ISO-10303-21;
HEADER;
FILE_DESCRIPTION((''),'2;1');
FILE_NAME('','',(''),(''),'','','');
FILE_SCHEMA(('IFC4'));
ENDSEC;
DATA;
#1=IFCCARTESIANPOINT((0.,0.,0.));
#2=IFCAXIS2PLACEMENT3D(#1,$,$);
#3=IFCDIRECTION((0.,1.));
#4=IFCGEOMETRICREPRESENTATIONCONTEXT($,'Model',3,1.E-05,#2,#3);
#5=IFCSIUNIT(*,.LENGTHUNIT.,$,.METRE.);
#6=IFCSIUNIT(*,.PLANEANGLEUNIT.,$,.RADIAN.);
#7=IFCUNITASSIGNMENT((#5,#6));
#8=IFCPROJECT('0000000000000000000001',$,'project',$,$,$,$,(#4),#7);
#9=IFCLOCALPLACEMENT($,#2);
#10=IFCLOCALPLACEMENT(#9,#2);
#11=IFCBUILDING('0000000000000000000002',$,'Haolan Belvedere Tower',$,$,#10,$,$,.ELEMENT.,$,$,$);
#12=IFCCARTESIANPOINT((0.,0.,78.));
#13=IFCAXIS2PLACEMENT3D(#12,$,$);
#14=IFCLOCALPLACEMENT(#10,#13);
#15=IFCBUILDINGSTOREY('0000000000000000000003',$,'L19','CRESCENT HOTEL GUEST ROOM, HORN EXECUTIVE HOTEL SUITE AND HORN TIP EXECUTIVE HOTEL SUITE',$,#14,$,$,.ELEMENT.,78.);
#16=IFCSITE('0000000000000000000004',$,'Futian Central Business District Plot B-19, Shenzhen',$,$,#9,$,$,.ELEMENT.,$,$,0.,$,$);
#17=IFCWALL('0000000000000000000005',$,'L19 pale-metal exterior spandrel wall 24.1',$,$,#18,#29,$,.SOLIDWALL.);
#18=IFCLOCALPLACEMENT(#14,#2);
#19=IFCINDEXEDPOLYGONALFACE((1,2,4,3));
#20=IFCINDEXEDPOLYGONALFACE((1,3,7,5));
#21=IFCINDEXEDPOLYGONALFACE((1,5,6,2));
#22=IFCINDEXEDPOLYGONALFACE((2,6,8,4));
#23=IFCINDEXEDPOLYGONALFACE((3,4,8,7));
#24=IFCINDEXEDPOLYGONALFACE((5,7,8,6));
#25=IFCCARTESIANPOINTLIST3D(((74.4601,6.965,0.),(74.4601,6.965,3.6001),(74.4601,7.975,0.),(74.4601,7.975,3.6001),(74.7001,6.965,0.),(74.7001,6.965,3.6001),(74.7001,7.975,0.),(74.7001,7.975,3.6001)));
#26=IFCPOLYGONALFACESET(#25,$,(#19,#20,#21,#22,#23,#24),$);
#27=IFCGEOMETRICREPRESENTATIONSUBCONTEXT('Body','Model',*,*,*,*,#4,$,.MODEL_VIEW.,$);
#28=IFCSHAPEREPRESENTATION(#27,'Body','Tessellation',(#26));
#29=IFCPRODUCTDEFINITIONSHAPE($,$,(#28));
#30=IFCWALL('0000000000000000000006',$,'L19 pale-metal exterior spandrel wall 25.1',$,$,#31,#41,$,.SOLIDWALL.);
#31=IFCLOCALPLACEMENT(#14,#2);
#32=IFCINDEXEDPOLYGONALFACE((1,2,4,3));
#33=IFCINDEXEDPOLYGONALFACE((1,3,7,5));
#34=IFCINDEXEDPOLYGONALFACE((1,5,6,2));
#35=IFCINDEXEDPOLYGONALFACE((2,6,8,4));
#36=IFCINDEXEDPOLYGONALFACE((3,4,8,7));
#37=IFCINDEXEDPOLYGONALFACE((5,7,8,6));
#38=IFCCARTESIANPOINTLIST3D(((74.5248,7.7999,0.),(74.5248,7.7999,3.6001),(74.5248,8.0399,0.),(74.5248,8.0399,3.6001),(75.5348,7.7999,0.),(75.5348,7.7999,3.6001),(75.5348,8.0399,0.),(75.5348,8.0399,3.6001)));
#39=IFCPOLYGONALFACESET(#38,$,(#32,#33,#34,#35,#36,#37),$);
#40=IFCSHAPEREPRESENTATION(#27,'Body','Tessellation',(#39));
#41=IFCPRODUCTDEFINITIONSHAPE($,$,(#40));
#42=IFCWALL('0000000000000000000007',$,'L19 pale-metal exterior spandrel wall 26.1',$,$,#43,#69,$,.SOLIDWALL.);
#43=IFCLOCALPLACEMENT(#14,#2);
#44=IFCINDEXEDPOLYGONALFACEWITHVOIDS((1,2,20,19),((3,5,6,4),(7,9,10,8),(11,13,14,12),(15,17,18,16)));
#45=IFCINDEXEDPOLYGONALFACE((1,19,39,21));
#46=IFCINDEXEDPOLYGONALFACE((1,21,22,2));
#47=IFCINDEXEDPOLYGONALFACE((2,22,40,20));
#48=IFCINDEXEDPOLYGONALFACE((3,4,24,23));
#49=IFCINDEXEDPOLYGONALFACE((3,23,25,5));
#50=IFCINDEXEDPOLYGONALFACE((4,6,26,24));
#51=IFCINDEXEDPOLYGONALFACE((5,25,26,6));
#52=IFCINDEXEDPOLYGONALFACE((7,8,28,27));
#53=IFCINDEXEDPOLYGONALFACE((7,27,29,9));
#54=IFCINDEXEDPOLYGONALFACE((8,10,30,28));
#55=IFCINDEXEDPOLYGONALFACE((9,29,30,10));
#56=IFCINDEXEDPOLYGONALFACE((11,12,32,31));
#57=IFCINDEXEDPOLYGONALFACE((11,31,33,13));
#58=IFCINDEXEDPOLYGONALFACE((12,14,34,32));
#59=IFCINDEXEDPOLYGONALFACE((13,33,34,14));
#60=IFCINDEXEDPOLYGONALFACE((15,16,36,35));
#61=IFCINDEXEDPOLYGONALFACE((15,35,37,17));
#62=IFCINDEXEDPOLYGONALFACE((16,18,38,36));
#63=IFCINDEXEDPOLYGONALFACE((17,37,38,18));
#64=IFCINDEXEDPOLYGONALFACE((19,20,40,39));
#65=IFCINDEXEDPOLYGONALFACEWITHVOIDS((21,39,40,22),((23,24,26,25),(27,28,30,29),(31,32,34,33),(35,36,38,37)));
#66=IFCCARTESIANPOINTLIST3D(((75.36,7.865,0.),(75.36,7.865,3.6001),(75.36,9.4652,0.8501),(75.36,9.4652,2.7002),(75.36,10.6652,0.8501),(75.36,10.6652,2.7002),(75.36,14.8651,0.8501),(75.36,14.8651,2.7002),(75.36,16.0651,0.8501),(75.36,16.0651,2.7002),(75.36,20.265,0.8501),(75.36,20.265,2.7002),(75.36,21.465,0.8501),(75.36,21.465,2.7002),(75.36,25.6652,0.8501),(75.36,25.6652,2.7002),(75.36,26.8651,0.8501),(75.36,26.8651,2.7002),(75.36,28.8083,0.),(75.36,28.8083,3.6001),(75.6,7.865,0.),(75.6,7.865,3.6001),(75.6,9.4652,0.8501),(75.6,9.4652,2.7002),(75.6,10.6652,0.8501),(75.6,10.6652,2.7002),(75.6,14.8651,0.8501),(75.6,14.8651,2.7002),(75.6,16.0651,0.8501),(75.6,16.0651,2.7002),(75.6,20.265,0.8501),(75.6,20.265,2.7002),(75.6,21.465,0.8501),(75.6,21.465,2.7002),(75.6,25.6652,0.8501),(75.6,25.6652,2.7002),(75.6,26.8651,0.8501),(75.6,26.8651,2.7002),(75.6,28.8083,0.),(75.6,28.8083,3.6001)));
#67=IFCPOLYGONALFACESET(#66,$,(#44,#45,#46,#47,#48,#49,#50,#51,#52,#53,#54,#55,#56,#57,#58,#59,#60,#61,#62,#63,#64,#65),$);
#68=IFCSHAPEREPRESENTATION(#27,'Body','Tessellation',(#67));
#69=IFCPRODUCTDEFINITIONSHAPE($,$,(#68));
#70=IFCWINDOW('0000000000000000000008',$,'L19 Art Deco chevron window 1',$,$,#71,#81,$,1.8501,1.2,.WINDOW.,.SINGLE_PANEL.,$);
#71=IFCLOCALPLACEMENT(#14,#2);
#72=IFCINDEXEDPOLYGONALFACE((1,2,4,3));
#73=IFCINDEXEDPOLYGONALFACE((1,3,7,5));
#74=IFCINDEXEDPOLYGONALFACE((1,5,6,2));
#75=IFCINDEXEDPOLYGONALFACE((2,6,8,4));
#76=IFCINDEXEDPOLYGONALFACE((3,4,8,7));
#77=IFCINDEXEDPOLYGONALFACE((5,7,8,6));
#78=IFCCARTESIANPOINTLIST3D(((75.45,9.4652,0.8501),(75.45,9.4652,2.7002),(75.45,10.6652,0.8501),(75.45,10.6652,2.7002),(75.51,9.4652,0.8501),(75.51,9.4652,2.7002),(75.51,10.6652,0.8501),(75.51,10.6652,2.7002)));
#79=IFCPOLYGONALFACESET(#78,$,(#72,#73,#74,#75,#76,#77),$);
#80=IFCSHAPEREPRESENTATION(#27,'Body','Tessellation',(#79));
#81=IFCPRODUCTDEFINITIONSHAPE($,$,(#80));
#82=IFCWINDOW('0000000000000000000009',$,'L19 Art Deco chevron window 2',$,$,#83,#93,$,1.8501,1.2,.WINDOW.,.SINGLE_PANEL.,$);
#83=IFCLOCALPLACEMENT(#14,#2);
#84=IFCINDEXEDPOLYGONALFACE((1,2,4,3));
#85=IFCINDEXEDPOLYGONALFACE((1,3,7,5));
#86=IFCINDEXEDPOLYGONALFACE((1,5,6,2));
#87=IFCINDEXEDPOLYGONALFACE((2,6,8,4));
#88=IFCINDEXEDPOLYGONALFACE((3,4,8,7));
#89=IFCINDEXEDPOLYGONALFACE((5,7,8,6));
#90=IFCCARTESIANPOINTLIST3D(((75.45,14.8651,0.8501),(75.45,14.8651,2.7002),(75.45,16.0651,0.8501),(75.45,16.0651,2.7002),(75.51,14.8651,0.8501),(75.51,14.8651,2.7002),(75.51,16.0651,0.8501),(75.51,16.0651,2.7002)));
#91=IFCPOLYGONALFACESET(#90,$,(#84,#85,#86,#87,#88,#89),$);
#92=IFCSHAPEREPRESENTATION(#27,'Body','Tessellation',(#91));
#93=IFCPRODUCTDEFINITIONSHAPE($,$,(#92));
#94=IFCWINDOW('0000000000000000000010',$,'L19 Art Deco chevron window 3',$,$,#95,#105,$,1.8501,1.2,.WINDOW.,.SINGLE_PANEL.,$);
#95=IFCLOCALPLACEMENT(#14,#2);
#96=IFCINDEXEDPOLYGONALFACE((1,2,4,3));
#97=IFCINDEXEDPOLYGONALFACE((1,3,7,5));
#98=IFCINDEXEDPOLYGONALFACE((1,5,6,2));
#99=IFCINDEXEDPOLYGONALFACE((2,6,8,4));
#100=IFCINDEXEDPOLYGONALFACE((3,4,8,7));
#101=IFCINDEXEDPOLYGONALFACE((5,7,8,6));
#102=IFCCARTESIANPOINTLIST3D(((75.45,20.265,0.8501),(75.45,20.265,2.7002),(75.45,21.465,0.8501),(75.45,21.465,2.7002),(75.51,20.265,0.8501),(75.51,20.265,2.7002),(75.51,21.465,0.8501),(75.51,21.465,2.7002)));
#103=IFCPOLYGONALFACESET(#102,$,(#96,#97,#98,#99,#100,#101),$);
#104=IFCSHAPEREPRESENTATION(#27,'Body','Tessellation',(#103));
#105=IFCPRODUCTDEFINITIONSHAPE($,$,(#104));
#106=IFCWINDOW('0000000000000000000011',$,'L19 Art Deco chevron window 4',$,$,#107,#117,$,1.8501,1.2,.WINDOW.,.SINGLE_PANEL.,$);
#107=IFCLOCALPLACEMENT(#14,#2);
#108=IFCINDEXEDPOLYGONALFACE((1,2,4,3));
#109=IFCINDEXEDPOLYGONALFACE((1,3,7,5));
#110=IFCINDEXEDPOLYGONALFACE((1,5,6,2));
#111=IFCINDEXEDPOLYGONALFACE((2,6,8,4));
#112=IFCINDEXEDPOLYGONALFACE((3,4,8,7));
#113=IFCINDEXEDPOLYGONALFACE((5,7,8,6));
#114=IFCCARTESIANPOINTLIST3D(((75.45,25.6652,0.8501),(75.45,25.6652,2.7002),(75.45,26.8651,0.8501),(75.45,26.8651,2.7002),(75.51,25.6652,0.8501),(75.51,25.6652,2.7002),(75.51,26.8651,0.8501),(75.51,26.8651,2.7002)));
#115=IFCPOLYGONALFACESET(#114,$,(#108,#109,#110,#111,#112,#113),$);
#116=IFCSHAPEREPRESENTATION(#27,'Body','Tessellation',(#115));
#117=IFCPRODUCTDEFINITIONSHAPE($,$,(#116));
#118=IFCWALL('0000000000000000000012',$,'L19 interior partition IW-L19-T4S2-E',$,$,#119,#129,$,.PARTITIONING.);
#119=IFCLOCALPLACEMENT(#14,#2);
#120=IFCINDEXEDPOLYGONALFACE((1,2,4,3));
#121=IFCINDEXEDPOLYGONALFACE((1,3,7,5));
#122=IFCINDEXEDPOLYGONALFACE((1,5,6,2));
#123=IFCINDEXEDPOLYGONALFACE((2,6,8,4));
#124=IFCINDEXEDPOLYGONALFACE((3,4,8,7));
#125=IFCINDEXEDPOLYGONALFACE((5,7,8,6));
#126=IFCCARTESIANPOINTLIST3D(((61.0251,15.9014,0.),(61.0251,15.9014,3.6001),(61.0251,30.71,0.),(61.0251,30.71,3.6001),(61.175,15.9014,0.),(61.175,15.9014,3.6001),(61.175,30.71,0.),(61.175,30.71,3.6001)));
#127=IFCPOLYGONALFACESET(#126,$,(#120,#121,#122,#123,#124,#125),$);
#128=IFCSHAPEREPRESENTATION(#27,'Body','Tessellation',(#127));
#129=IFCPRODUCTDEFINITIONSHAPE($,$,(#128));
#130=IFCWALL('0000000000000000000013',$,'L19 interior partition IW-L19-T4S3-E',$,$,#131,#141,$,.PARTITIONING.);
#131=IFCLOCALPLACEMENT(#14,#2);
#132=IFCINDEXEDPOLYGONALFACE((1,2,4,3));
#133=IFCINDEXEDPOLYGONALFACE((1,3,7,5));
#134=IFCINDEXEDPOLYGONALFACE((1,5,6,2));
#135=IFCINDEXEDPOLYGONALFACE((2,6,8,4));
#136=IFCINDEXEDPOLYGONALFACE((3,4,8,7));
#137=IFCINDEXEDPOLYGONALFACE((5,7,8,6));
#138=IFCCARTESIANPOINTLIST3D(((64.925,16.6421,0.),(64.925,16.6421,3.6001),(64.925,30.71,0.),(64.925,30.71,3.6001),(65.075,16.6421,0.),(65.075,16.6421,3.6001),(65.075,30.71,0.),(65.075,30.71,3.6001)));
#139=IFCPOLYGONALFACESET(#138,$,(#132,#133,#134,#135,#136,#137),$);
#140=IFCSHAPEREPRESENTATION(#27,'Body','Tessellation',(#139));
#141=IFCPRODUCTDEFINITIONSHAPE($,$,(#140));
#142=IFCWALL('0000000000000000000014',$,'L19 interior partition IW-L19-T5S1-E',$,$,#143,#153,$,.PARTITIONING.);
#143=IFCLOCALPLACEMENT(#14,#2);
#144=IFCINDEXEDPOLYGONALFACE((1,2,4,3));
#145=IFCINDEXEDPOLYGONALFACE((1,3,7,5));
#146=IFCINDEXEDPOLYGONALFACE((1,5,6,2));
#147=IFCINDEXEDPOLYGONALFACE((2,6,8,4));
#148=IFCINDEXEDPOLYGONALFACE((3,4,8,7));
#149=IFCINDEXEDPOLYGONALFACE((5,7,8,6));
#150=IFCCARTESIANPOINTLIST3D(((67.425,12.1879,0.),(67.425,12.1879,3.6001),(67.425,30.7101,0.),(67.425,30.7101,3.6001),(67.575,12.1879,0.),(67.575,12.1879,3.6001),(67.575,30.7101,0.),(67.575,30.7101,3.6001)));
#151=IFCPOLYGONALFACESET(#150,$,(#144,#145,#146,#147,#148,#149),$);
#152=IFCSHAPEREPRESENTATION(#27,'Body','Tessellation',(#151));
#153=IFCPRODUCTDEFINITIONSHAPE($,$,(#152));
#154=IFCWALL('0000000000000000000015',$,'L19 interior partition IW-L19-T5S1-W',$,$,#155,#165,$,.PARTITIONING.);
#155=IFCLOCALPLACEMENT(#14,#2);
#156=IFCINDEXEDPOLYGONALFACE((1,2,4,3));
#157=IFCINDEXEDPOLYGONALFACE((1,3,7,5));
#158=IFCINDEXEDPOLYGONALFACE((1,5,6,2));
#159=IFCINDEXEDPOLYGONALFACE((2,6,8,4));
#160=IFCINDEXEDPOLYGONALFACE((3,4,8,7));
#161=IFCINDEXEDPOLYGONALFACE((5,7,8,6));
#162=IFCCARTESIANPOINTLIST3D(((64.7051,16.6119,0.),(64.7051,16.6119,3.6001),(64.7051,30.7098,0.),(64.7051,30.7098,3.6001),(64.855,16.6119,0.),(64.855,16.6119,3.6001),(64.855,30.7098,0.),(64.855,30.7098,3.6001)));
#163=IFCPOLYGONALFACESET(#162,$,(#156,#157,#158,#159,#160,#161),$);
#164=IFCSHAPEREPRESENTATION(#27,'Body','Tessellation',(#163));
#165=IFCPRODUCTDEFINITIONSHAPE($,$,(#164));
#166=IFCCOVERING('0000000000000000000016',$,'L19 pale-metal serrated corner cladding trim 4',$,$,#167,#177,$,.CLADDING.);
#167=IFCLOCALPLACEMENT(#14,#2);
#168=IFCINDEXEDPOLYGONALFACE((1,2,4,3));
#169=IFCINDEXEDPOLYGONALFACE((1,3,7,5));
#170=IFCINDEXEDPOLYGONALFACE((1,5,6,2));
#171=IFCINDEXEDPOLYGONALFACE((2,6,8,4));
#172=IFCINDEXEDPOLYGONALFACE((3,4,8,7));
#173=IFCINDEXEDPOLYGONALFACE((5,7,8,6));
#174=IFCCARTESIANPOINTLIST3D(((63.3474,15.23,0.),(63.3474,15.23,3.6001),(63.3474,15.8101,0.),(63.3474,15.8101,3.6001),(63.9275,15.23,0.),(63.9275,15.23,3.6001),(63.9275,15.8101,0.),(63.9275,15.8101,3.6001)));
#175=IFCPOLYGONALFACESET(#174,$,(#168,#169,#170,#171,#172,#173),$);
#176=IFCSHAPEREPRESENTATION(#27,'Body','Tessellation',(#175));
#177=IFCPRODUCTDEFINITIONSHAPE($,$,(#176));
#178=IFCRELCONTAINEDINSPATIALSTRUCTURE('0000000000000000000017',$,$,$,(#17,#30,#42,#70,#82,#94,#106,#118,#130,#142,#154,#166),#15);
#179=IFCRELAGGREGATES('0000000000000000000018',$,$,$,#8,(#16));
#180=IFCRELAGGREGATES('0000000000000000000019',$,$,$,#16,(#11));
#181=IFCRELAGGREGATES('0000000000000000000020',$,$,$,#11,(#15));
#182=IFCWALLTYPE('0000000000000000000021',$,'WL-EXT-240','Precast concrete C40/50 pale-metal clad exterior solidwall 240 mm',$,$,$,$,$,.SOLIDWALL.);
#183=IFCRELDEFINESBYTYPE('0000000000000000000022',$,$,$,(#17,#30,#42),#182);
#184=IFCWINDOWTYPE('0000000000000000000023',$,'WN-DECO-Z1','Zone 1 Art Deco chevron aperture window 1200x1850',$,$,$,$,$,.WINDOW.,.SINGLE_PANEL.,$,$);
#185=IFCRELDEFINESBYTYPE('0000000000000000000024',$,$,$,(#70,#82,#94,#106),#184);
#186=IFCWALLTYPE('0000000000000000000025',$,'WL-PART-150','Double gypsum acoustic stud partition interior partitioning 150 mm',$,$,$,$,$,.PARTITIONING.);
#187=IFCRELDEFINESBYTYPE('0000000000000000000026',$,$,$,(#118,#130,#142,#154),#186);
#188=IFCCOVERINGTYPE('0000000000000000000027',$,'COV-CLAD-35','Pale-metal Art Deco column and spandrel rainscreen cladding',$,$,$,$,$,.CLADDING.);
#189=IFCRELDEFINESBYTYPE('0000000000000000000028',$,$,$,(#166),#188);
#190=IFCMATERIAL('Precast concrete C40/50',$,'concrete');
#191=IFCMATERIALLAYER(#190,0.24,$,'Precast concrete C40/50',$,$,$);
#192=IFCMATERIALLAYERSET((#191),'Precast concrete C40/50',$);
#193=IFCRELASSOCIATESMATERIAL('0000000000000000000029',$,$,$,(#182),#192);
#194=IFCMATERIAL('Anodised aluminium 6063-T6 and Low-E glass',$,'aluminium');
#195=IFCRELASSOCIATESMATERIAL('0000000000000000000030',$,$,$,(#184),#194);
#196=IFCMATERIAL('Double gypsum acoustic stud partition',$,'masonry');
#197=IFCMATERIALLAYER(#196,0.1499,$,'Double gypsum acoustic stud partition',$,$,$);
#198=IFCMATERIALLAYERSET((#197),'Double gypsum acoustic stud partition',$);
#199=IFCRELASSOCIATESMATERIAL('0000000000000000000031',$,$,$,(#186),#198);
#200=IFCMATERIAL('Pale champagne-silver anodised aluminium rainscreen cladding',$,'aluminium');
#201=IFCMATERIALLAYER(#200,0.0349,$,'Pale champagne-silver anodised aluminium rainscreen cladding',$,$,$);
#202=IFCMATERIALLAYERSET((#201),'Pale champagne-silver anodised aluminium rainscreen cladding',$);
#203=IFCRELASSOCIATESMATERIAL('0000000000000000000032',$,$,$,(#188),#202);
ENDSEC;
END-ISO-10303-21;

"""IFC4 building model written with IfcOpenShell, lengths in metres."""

from ifc_helpers import new_model, si_unit, direction, frame, frame_2d, origin, origin_2d, place, context, subcontext, project, spatial, rectangle, extrude, material, layer, layer_set, type_object, element, fill, save


model = new_model("IFC4")

# Units and contexts
model_context = context("Model", 3, precision=1e-05, world=origin(), true_north=direction((0.0, 1.0)))
body_context = subcontext(model_context, "Body", "Model", "MODEL_VIEW")
ifc_project = project(units=[si_unit("LENGTHUNIT", "METRE"), si_unit("PLANEANGLEUNIT", "RADIAN")], contexts=[model_context])

# Site, building, storey
site_placement = place(None, origin())
site = spatial("IfcSite", under=ifc_project, at=site_placement, Name="Futian Central Business District Plot B-19, Shenzhen", CompositionType="ELEMENT", RefElevation=0.0)
building_placement = place(site_placement, origin())
building = spatial("IfcBuilding", under=site, at=building_placement, Name="Haolan Belvedere Tower", CompositionType="ELEMENT")
storey_placement = place(building_placement, frame((0.0, 0.0, 78.0)))
storey = spatial("IfcBuildingStorey", under=building, at=storey_placement, Name="L19", Description="CRESCENT HOTEL GUEST ROOM, HORN EXECUTIVE HOTEL SUITE AND HORN TIP EXECUTIVE HOTEL SUITE", CompositionType="ELEMENT", Elevation=78.0)

# Shared definitions
ifc_material_1 = material(Name="Precast concrete C40/50", Category="concrete")
ifc_layer_1 = layer(ifc_material_1, 0.24, Name="Precast concrete C40/50")
ifc_layer_set_1 = layer_set([ifc_layer_1], Name="Precast concrete C40/50")
wall_type_1 = type_object("IfcWallType", Name="WL-EXT-240", Description="Precast concrete C40/50 pale-metal clad exterior solidwall 240 mm", PredefinedType="SOLIDWALL", material=ifc_layer_set_1)

# Shared definitions
ifc_material_2 = material(Name="Anodised aluminium 6063-T6 and Low-E glass", Category="aluminium")
window_type = type_object("IfcWindowType", Name="WN-DECO-Z1", Description="Zone 1 Art Deco chevron aperture window 1200x1850", PartitioningType="SINGLE_PANEL", PredefinedType="WINDOW", material=ifc_material_2)

# Walls
for number, where, z_axis, x_axis, name in (
    (1, (74.5801, 6.9651, 0.0), (0.0, 0.0, 1.0), (0.0, 1.0, 0.0), "L19 pale-metal exterior spandrel wall 24.1"),
    (2, (74.5249, 7.9199, 0.0), (0.0, 0.0, 1.0), (1.0, 0.0, 0.0), "L19 pale-metal exterior spandrel wall 25.1"),
):
    element("IfcWall", number, at=place(storey_placement, frame(where, z_axis=z_axis, x_axis=x_axis)), inside=storey, type_object=wall_type_1, Name=name, PredefinedType="SOLIDWALL", context=body_context, shape_type="SweptSolid", body=[
        extrude(rectangle(XDim=1.01, YDim=0.24, at=frame_2d((0.5049, 0.0))), origin(), (0.0, 0.0, 1.0), 3.6001),
    ])

# Wall, openings, windows
wall_1_placement = place(storey_placement, frame((75.48, 7.865, 0.0), z_axis=(0.0, 0.0, 1.0), x_axis=(0.0, 1.0, 0.0)))
wall_1 = element("IfcWall", 3, at=wall_1_placement, inside=storey, type_object=wall_type_1, Name="L19 pale-metal exterior spandrel wall 26.1", PredefinedType="SOLIDWALL", context=body_context, shape_type="SweptSolid", body=[
    extrude(rectangle(XDim=20.9434, YDim=0.24, at=frame_2d((10.4717, 0.0))), origin(), (0.0, 0.0, 1.0), 3.6001),
])
opening_1_placement = place(wall_1_placement, frame((1.6001, 0.0, 0.8501)))
opening_1 = element("IfcOpeningElement", 4, at=opening_1_placement, cuts=wall_1, PredefinedType="OPENING", context=body_context, shape_type="SweptSolid", body=[
    extrude(rectangle(XDim=1.2, YDim=1.8501, at=frame_2d((0.6001, 0.925))), frame((0.0, 0.1299, 0.0), z_axis=(0.0, -1.0, 0.0), x_axis=(1.0, 0.0, 0.0)), (0.0, 0.0, 1.0), 0.26),
])
opening_2_placement = place(wall_1_placement, frame((7.0, 0.0, 0.8501)))
opening_2 = element("IfcOpeningElement", 5, at=opening_2_placement, cuts=wall_1, PredefinedType="OPENING", context=body_context, shape_type="SweptSolid", body=[
    extrude(rectangle(XDim=1.2, YDim=1.8501, at=frame_2d((0.6001, 0.925))), frame((0.0, 0.1299, 0.0), z_axis=(0.0, -1.0, 0.0), x_axis=(1.0, 0.0, 0.0)), (0.0, 0.0, 1.0), 0.26),
])
opening_3_placement = place(wall_1_placement, frame((12.3999, 0.0, 0.8501)))
opening_3 = element("IfcOpeningElement", 6, at=opening_3_placement, cuts=wall_1, PredefinedType="OPENING", context=body_context, shape_type="SweptSolid", body=[
    extrude(rectangle(XDim=1.2, YDim=1.8501, at=frame_2d((0.6001, 0.925))), frame((0.0, 0.1299, 0.0), z_axis=(0.0, -1.0, 0.0), x_axis=(1.0, 0.0, 0.0)), (0.0, 0.0, 1.0), 0.26),
])
opening_4_placement = place(wall_1_placement, frame((17.8, 0.0, 0.8501)))
opening_4 = element("IfcOpeningElement", 7, at=opening_4_placement, cuts=wall_1, PredefinedType="OPENING", context=body_context, shape_type="SweptSolid", body=[
    extrude(rectangle(XDim=1.2, YDim=1.8501, at=frame_2d((0.6001, 0.925))), frame((0.0, 0.1299, 0.0), z_axis=(0.0, -1.0, 0.0), x_axis=(1.0, 0.0, 0.0)), (0.0, 0.0, 1.0), 0.26),
])
window_1_placement = place(opening_1_placement, origin())
window_1 = element("IfcWindow", 8, at=window_1_placement, inside=storey, type_object=window_type, Name="L19 Art Deco chevron window 1", OverallHeight=1.8501, OverallWidth=1.2, PartitioningType="SINGLE_PANEL", PredefinedType="WINDOW", context=body_context, shape_type="SweptSolid", body=[
    extrude(rectangle(XDim=1.2, YDim=1.8501, at=frame_2d((0.6001, 0.925))), frame((0.0, 0.03, 0.0), z_axis=(0.0, -1.0, 0.0), x_axis=(1.0, 0.0, 0.0)), (0.0, 0.0, 1.0), 0.0601),
])
fill(opening_1, window_1)
window_2_placement = place(opening_2_placement, origin())
window_2 = element("IfcWindow", 9, at=window_2_placement, inside=storey, type_object=window_type, Name="L19 Art Deco chevron window 2", OverallHeight=1.8501, OverallWidth=1.2, PartitioningType="SINGLE_PANEL", PredefinedType="WINDOW", context=body_context, shape_type="SweptSolid", body=[
    extrude(rectangle(XDim=1.2, YDim=1.8501, at=frame_2d((0.6001, 0.925))), frame((0.0, 0.03, 0.0), z_axis=(0.0, -1.0, 0.0), x_axis=(1.0, 0.0, 0.0)), (0.0, 0.0, 1.0), 0.0601),
])
fill(opening_2, window_2)
window_3_placement = place(opening_3_placement, origin())
window_3 = element("IfcWindow", 10, at=window_3_placement, inside=storey, type_object=window_type, Name="L19 Art Deco chevron window 3", OverallHeight=1.8501, OverallWidth=1.2, PartitioningType="SINGLE_PANEL", PredefinedType="WINDOW", context=body_context, shape_type="SweptSolid", body=[
    extrude(rectangle(XDim=1.2, YDim=1.8501, at=frame_2d((0.6001, 0.925))), frame((0.0, 0.03, 0.0), z_axis=(0.0, -1.0, 0.0), x_axis=(1.0, 0.0, 0.0)), (0.0, 0.0, 1.0), 0.0601),
])
fill(opening_3, window_3)
window_4_placement = place(opening_4_placement, origin())
window_4 = element("IfcWindow", 11, at=window_4_placement, inside=storey, type_object=window_type, Name="L19 Art Deco chevron window 4", OverallHeight=1.8501, OverallWidth=1.2, PartitioningType="SINGLE_PANEL", PredefinedType="WINDOW", context=body_context, shape_type="SweptSolid", body=[
    extrude(rectangle(XDim=1.2, YDim=1.8501, at=frame_2d((0.6001, 0.925))), frame((0.0, 0.03, 0.0), z_axis=(0.0, -1.0, 0.0), x_axis=(1.0, 0.0, 0.0)), (0.0, 0.0, 1.0), 0.0601),
])
fill(opening_4, window_4)

# Walls
ifc_material_3 = material(Name="Double gypsum acoustic stud partition", Category="masonry")
ifc_layer_2 = layer(ifc_material_3, 0.1499, Name="Double gypsum acoustic stud partition")
ifc_layer_set_2 = layer_set([ifc_layer_2], Name="Double gypsum acoustic stud partition")
wall_type_2 = type_object("IfcWallType", Name="WL-PART-150", Description="Double gypsum acoustic stud partition interior partitioning 150 mm", PredefinedType="PARTITIONING", material=ifc_layer_set_2)
wall_2_placement = place(storey_placement, frame((61.1001, 15.9014, 0.0), z_axis=(0.0, 0.0, 1.0), x_axis=(0.0, 1.0, 0.0)))
element("IfcWall", 12, at=wall_2_placement, inside=storey, type_object=wall_type_2, Name="L19 interior partition IW-L19-T4S2-E", PredefinedType="PARTITIONING", context=body_context, shape_type="SweptSolid", body=[
    extrude(rectangle(XDim=14.8086, YDim=0.1499, at=frame_2d((7.4043, 0.0))), origin(), (0.0, 0.0, 1.0), 3.6001),
])
wall_3_placement = place(storey_placement, frame((65.0, 16.6421, 0.0), z_axis=(0.0, 0.0, 1.0), x_axis=(0.0, 1.0, 0.0)))
element("IfcWall", 13, at=wall_3_placement, inside=storey, type_object=wall_type_2, Name="L19 interior partition IW-L19-T4S3-E", PredefinedType="PARTITIONING", context=body_context, shape_type="SweptSolid", body=[
    extrude(rectangle(XDim=14.0679, YDim=0.1499, at=frame_2d((7.0339, 0.0))), origin(), (0.0, 0.0, 1.0), 3.6001),
])
wall_4_placement = place(storey_placement, frame((67.5, 12.1877, 0.0), z_axis=(0.0, 0.0, 1.0), x_axis=(0.0, 1.0, 0.0)))
element("IfcWall", 14, at=wall_4_placement, inside=storey, type_object=wall_type_2, Name="L19 interior partition IW-L19-T5S1-E", PredefinedType="PARTITIONING", context=body_context, shape_type="SweptSolid", body=[
    extrude(rectangle(XDim=18.5222, YDim=0.1499, at=frame_2d((9.2612, 0.0))), origin(), (0.0, 0.0, 1.0), 3.6001),
])
wall_5_placement = place(storey_placement, frame((64.78, 16.6121, 0.0), z_axis=(0.0, 0.0, 1.0), x_axis=(0.0, 1.0, 0.0)))
element("IfcWall", 15, at=wall_5_placement, inside=storey, type_object=wall_type_2, Name="L19 interior partition IW-L19-T5S1-W", PredefinedType="PARTITIONING", context=body_context, shape_type="SweptSolid", body=[
    extrude(rectangle(XDim=14.0979, YDim=0.1499, at=frame_2d((7.0488, 0.0))), origin(), (0.0, 0.0, 1.0), 3.6001),
])

# Covering
ifc_material_4 = material(Name="Pale champagne-silver anodised aluminium rainscreen cladding", Category="aluminium")
ifc_layer_3 = layer(ifc_material_4, 0.0349, Name="Pale champagne-silver anodised aluminium rainscreen cladding")
ifc_layer_set_3 = layer_set([ifc_layer_3], Name="Pale champagne-silver anodised aluminium rainscreen cladding")
covering_type = type_object("IfcCoveringType", Name="COV-CLAD-35", Description="Pale-metal Art Deco column and spandrel rainscreen cladding", PredefinedType="CLADDING", material=ifc_layer_set_3)
for number, where, z_axis, x_axis, name in (
    (16, (63.6375, 15.52, 0.0), (0.0, 0.0, 1.0), (1.0, 0.0, 0.0), "L19 pale-metal serrated corner cladding trim 4"),
):
    element("IfcCovering", number, at=place(storey_placement, frame(where, z_axis=z_axis, x_axis=x_axis)), inside=storey, type_object=covering_type, Name=name, PredefinedType="CLADDING", context=body_context, shape_type="SweptSolid", body=[
        extrude(rectangle(XDim=0.5801, YDim=0.5801, at=origin_2d()), origin(), (0.0, 0.0, 1.0), 3.6001),
    ])

save(model, "model.ifc")
